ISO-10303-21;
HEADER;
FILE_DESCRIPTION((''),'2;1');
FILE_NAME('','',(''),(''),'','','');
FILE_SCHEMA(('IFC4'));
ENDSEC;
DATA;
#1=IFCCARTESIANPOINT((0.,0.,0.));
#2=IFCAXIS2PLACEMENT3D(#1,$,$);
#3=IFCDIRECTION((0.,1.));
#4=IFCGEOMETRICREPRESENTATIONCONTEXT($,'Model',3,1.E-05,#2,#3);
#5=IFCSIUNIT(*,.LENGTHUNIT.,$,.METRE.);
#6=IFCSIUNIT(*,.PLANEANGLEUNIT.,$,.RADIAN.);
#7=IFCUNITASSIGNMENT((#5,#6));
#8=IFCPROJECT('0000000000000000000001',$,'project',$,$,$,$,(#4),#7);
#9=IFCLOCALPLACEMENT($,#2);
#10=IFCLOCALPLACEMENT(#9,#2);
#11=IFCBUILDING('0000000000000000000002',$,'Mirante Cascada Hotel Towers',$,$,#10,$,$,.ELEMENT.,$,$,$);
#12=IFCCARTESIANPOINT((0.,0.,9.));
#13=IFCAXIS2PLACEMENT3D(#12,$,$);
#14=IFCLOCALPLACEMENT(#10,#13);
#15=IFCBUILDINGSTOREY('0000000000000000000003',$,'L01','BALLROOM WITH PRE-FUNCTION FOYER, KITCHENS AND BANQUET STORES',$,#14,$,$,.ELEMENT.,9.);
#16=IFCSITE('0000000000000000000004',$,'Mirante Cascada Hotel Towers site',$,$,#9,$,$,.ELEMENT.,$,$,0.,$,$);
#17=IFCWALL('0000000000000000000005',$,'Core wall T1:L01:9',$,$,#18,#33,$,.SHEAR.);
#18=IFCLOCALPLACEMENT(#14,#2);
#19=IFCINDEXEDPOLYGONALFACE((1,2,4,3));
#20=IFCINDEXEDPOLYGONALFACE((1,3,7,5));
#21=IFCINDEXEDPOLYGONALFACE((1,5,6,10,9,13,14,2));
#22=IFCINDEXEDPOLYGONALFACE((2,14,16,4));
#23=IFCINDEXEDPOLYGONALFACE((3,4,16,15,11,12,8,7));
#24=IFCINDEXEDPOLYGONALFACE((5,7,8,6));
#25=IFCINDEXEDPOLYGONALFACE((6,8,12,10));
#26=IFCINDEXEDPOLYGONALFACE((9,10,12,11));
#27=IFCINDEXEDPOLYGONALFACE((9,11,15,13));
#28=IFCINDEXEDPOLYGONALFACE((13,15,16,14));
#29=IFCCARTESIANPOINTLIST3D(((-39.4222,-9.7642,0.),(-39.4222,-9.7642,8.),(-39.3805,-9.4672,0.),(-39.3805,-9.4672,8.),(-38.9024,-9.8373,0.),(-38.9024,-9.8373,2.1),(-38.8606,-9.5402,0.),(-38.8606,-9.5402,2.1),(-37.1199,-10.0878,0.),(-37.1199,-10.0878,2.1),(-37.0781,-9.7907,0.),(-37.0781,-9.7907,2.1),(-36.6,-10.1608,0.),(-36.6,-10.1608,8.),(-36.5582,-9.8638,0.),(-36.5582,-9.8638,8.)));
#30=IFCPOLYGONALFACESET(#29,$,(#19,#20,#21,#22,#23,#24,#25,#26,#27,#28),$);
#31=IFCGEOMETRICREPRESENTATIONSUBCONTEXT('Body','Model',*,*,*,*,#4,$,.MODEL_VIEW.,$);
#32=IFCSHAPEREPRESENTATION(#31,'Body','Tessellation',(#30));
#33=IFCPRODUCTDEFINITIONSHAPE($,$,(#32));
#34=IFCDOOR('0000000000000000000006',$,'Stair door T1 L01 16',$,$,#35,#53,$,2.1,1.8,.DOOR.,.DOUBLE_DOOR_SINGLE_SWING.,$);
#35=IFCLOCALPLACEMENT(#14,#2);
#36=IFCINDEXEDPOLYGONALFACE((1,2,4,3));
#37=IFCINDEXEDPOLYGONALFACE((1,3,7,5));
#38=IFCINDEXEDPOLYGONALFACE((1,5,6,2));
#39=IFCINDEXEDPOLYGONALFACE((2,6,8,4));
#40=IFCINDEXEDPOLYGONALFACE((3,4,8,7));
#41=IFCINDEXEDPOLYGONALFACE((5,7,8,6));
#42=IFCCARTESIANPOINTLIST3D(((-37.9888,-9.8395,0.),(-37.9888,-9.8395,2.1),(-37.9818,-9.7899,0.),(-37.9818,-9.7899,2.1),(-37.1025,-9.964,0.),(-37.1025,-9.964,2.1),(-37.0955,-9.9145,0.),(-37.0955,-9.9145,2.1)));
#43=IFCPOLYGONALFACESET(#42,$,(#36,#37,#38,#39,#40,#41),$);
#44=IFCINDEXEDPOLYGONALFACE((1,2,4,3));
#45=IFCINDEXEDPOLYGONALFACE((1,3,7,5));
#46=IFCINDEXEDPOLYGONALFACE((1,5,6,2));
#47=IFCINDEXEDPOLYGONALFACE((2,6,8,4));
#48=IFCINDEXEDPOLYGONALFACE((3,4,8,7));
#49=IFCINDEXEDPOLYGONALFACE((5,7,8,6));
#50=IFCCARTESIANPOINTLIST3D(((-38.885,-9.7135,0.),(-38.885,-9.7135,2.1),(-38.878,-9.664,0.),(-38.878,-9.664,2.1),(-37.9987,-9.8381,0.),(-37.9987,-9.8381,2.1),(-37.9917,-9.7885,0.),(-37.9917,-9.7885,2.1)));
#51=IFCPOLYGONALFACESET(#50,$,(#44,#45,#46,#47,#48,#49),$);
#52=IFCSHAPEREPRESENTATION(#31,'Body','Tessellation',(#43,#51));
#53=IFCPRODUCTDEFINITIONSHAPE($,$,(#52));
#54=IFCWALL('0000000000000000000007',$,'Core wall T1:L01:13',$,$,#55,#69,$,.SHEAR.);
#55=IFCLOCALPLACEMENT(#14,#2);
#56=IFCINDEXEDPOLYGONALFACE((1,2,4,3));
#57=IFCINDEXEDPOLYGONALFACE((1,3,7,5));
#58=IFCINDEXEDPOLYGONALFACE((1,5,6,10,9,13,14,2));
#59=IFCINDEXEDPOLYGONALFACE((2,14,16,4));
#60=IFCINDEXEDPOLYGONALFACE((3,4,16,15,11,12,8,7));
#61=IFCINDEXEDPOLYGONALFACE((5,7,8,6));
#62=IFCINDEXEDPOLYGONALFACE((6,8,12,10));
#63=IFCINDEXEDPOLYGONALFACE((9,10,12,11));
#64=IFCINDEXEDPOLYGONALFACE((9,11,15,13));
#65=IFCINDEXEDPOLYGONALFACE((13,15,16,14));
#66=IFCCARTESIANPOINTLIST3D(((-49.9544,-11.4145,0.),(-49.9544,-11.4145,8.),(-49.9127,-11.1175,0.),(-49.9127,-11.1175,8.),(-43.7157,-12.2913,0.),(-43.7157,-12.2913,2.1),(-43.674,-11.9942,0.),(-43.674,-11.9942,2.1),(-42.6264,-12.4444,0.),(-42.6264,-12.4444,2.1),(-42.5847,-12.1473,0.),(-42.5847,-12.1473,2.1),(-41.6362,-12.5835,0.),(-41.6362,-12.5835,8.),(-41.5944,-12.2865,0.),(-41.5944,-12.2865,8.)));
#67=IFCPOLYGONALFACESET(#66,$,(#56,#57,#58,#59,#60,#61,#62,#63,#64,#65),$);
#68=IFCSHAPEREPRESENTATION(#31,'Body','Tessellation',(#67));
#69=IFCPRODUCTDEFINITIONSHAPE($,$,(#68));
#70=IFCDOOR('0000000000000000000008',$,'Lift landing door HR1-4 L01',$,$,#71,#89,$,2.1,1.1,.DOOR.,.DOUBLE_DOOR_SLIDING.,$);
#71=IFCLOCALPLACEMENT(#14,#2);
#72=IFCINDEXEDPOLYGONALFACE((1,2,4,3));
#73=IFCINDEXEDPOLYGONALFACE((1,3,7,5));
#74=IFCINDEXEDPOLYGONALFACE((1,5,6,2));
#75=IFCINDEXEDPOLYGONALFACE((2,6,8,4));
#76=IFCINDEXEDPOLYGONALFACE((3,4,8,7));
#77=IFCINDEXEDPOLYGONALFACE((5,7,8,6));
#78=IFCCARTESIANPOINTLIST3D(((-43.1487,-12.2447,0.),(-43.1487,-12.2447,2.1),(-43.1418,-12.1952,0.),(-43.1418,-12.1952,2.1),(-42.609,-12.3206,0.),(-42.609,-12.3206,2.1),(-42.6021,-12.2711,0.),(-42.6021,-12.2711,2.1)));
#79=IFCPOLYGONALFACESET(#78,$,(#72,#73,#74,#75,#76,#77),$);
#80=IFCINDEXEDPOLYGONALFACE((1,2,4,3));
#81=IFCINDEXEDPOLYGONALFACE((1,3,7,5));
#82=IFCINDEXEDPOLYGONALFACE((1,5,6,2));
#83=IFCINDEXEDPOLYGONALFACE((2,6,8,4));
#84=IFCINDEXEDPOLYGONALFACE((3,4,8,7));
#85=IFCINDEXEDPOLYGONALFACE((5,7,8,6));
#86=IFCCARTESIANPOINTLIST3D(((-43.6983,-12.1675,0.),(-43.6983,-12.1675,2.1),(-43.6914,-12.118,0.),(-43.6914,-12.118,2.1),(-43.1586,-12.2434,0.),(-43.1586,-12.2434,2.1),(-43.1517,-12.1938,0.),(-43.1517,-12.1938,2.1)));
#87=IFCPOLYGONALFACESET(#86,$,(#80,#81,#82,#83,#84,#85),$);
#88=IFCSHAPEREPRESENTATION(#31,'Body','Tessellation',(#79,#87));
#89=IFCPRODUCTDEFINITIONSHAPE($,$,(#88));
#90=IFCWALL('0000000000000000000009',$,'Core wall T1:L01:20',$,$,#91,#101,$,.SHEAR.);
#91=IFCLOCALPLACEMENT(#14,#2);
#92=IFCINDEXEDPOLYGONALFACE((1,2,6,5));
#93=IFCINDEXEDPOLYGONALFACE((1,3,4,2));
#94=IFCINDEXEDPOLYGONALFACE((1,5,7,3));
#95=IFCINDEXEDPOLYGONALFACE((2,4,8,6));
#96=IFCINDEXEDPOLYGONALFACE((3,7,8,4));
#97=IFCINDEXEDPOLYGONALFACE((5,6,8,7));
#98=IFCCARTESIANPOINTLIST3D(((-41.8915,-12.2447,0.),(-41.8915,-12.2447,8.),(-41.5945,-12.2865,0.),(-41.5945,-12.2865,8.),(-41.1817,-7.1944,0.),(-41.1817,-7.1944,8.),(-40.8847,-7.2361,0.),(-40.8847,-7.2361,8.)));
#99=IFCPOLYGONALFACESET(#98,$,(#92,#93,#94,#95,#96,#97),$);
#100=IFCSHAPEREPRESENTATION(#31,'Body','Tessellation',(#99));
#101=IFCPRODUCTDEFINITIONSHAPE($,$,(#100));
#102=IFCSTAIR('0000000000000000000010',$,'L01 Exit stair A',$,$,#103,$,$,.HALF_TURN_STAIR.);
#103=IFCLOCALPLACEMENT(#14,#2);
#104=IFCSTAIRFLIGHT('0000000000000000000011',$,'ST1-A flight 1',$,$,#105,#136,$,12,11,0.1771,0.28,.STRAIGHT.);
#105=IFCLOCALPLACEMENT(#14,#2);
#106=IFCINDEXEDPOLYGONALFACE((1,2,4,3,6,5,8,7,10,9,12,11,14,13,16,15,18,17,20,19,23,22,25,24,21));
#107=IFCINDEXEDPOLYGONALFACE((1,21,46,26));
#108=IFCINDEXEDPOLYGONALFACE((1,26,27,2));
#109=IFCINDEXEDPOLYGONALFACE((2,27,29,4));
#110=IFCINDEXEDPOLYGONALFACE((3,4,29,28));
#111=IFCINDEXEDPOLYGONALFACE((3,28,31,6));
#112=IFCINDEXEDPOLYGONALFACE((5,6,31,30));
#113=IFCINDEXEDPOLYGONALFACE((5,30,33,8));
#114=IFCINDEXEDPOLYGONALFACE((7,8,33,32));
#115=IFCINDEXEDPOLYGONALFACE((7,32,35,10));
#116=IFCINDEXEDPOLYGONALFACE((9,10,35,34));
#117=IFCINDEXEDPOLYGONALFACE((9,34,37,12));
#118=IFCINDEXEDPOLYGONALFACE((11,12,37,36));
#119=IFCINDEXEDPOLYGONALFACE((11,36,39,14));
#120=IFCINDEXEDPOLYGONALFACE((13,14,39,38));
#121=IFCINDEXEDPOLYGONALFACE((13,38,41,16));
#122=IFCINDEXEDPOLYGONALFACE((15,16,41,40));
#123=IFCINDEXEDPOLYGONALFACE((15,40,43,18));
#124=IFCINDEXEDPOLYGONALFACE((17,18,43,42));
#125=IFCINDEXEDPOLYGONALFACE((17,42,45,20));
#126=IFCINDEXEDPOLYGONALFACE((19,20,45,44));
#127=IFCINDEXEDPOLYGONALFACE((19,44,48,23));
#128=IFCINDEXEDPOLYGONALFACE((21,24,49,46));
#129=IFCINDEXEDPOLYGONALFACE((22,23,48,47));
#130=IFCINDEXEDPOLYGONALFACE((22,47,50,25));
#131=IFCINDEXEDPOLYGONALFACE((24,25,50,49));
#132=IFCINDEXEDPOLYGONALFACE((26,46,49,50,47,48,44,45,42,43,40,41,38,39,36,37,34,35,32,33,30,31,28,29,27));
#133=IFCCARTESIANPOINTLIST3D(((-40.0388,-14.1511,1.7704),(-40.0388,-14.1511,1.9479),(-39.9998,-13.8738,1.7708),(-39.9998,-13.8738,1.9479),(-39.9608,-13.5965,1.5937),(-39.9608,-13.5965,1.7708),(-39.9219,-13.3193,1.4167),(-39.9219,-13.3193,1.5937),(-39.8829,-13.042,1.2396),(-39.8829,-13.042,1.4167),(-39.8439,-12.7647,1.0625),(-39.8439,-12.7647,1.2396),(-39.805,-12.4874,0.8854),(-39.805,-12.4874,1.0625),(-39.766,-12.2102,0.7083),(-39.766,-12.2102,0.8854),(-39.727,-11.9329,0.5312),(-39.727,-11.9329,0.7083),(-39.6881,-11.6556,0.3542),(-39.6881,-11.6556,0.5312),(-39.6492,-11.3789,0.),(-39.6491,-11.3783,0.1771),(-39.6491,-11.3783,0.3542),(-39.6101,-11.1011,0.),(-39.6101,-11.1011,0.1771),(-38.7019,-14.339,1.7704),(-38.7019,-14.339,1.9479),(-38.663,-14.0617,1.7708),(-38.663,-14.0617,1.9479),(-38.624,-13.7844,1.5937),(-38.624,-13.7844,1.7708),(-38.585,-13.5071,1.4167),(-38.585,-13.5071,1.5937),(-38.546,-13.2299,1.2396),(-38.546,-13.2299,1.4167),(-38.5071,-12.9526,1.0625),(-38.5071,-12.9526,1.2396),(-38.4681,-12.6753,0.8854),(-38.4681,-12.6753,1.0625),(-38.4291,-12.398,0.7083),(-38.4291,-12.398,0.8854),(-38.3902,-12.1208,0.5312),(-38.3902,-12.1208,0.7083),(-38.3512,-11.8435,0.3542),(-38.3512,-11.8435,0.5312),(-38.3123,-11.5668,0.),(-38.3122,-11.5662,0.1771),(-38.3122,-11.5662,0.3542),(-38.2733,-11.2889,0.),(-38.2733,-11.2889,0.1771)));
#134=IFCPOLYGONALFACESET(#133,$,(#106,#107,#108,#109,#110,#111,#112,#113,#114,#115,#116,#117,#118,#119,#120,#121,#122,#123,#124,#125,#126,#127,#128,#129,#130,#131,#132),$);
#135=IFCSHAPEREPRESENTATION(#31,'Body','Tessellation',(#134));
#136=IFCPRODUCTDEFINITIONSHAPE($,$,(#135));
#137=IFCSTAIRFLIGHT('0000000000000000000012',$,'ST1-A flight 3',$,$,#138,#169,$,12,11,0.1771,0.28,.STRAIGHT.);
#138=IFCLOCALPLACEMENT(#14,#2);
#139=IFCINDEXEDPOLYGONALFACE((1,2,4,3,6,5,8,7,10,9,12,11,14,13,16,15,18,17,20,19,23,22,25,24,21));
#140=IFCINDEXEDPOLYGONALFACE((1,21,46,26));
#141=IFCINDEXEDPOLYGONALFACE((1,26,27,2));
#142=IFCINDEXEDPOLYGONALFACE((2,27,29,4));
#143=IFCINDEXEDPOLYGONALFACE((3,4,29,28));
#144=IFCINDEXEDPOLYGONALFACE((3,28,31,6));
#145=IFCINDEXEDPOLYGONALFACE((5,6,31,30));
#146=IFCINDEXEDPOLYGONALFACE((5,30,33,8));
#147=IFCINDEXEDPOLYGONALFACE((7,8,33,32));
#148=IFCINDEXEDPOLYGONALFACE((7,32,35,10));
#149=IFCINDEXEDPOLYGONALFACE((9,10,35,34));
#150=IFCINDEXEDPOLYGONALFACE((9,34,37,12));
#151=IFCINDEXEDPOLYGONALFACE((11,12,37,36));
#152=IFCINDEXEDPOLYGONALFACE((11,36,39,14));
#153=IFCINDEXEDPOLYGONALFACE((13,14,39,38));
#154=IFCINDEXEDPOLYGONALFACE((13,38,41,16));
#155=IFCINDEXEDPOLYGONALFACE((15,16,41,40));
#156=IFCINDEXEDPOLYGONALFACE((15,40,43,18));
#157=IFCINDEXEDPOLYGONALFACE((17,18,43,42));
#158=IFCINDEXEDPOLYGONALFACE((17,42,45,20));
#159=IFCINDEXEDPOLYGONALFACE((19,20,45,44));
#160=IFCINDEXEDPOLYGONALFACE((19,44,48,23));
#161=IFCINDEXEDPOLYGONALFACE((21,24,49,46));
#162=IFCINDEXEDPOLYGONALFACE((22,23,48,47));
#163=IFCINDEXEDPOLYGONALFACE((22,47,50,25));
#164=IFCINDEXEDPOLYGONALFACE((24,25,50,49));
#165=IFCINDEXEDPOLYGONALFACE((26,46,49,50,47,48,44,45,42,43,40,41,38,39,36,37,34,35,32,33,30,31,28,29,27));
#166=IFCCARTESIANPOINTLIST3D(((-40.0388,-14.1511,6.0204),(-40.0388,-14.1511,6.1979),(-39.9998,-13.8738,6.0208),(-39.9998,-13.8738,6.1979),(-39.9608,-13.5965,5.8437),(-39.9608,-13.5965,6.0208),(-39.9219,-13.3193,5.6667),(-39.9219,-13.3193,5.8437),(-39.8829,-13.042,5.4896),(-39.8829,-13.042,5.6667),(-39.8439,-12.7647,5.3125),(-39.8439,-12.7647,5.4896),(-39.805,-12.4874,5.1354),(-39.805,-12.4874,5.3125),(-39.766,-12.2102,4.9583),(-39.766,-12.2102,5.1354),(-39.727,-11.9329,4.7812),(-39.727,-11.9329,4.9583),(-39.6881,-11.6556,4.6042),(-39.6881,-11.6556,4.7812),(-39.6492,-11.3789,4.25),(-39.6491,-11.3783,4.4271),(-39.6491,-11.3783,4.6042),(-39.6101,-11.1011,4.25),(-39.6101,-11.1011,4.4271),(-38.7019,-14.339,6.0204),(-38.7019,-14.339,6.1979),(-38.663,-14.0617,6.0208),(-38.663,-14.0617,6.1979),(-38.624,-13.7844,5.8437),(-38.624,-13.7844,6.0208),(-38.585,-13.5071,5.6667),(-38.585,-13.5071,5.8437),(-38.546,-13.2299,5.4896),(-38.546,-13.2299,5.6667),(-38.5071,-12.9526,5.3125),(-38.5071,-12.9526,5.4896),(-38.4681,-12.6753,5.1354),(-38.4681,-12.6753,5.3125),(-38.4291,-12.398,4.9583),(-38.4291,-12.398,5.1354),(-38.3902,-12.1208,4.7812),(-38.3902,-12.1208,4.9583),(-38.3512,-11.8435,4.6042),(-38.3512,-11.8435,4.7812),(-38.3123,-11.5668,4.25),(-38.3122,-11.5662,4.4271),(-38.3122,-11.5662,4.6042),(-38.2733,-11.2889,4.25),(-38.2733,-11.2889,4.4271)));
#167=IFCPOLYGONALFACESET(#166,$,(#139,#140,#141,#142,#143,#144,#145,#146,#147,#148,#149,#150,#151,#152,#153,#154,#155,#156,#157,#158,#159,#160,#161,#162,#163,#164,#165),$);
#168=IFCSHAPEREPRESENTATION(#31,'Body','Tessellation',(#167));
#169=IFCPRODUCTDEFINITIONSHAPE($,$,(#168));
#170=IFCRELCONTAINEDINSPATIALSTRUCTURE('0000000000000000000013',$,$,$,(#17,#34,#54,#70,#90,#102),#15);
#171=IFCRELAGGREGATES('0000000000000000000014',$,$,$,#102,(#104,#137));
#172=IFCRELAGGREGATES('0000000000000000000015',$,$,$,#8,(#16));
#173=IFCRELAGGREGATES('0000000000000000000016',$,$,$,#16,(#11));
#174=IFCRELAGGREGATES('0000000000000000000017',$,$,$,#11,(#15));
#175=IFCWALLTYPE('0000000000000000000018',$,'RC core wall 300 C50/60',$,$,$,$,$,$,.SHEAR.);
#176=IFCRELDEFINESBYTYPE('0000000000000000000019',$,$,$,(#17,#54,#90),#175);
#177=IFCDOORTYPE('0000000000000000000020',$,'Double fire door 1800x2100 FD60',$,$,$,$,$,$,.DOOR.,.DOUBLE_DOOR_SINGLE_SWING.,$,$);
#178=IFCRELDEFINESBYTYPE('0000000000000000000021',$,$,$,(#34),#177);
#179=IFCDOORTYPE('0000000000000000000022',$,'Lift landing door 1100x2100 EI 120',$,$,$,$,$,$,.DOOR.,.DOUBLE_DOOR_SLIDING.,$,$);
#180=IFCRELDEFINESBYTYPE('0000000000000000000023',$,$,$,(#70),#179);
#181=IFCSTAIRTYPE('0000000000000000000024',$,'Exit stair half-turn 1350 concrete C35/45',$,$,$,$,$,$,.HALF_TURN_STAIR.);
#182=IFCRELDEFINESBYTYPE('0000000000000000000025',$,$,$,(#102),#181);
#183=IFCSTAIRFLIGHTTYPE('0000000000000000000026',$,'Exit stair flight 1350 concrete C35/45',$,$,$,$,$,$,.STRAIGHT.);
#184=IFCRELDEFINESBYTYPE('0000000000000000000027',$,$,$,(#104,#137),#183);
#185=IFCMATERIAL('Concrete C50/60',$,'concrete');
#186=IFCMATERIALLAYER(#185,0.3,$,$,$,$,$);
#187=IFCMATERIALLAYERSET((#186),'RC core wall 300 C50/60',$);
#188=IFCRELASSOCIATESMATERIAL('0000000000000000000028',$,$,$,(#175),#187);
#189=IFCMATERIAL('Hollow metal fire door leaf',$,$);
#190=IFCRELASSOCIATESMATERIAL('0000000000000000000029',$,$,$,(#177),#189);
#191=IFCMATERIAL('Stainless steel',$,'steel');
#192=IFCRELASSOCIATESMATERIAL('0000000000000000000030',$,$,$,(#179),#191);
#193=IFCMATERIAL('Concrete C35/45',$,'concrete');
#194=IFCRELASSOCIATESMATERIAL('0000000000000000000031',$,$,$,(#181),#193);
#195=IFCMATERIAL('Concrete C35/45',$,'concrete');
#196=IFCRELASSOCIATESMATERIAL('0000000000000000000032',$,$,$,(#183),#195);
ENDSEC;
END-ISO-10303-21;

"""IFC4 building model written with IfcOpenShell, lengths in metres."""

from ifc_helpers import new_model, si_unit, direction, frame, frame_2d, origin, place, context, subcontext, project, spatial, polyline, rectangle, outline, extrude, material, layer, layer_set, type_object, element, fill, aggregate, save


model = new_model("IFC4")

# Units and contexts
model_context = context("Model", 3, precision=1e-05, world=origin(), true_north=direction((0.0, 1.0)))
body_context = subcontext(model_context, "Body", "Model", "MODEL_VIEW")
ifc_project = project(units=[si_unit("LENGTHUNIT", "METRE"), si_unit("PLANEANGLEUNIT", "RADIAN")], contexts=[model_context])

# Site, building, storey
site_placement = place(None, origin())
site = spatial("IfcSite", under=ifc_project, at=site_placement, Name="Mirante Cascada Hotel Towers site", CompositionType="ELEMENT", RefElevation=0.0)
building_placement = place(site_placement, origin())
building = spatial("IfcBuilding", under=site, at=building_placement, Name="Mirante Cascada Hotel Towers", CompositionType="ELEMENT")
storey_placement = place(building_placement, frame((0.0, 0.0, 9.0)))
storey = spatial("IfcBuildingStorey", under=building, at=storey_placement, Name="L01", Description="BALLROOM WITH PRE-FUNCTION FOYER, KITCHENS AND BANQUET STORES", CompositionType="ELEMENT", Elevation=9.0)

# Walls, openings, doors
ifc_material_1 = material(Name="Concrete C50/60", Category="concrete")
ifc_layer = layer(ifc_material_1, 0.3)
ifc_layer_set = layer_set([ifc_layer], Name="RC core wall 300 C50/60")
wall_type = type_object("IfcWallType", Name="RC core wall 300 C50/60", PredefinedType="SHEAR", material=ifc_layer_set)
wall_1_placement = place(storey_placement, frame((-36.5791, -10.0123, 0.0), z_axis=(0.0, 0.0, 1.0), x_axis=(-0.99027, 0.139156, 0.0)))
wall_1 = element("IfcWall", 1, at=wall_1_placement, inside=storey, type_object=wall_type, Name="Core wall T1:L01:9", PredefinedType="SHEAR", context=body_context, shape_type="SweptSolid", body=[
    extrude(rectangle(XDim=2.85, YDim=0.3, at=frame_2d((1.425, 0.0))), origin(), (0.0, 0.0, 1.0), 8.0),
])
opening_1_placement = place(wall_1_placement, frame((0.525, 0.0, 0.0)))
opening_1 = element("IfcOpeningElement", 2, at=opening_1_placement, cuts=wall_1, PredefinedType="OPENING", context=body_context, shape_type="SweptSolid", body=[
    extrude(rectangle(XDim=1.8, YDim=2.1, at=frame_2d((0.9, 1.05))), frame((0.0, 0.15, 0.0), z_axis=(0.0, -1.0, 0.0), x_axis=(1.0, 0.0, 0.0)), (0.0, 0.0, 1.0), 0.3),
])
ifc_material_2 = material(Name="Hollow metal fire door leaf")
door_type_1 = type_object("IfcDoorType", Name="Double fire door 1800x2100 FD60", OperationType="DOUBLE_DOOR_SINGLE_SWING", PredefinedType="DOOR", material=ifc_material_2)
door_1_placement = place(opening_1_placement, origin())
door_1 = element("IfcDoor", 3, at=door_1_placement, inside=storey, type_object=door_type_1, Name="Stair door T1 L01 16", OperationType="DOUBLE_DOOR_SINGLE_SWING", OverallHeight=2.1, OverallWidth=1.8, PredefinedType="DOOR", context=body_context, shape_type="SweptSolid", body=[
    extrude(rectangle(XDim=0.895, YDim=2.1, at=frame_2d((0.4475, 1.05))), frame((0.0, 0.025, 0.0), z_axis=(0.0, -1.0, 0.0), x_axis=(1.0, 0.0, 0.0)), (0.0, 0.0, 1.0), 0.05),
    extrude(rectangle(XDim=0.895, YDim=2.1, at=frame_2d((1.3525, 1.05))), frame((0.0, 0.025, 0.0), z_axis=(0.0, -1.0, 0.0), x_axis=(1.0, 0.0, 0.0)), (0.0, 0.0, 1.0), 0.05),
])
fill(opening_1, door_1)
wall_2_placement = place(storey_placement, frame((-41.6153, -12.435, 0.0), z_axis=(0.0, 0.0, 1.0), x_axis=(-0.990269, 0.139166, 0.0)))
wall_2 = element("IfcWall", 4, at=wall_2_placement, inside=storey, type_object=wall_type, Name="Core wall T1:L01:13", PredefinedType="SHEAR", context=body_context, shape_type="SweptSolid", body=[
    extrude(rectangle(XDim=8.4, YDim=0.3, at=frame_2d((4.2, 0.0))), origin(), (0.0, 0.0, 1.0), 8.0),
])
opening_2_placement = place(wall_2_placement, frame((1.0, 0.0, 0.0)))
opening_2 = element("IfcOpeningElement", 5, at=opening_2_placement, cuts=wall_2, PredefinedType="OPENING", context=body_context, shape_type="SweptSolid", body=[
    extrude(rectangle(XDim=1.1, YDim=2.1, at=frame_2d((0.55, 1.05))), frame((0.0, 0.15, 0.0), z_axis=(0.0, -1.0, 0.0), x_axis=(1.0, 0.0, 0.0)), (0.0, 0.0, 1.0), 0.3),
])
ifc_material_3 = material(Name="Stainless steel", Category="steel")
door_type_2 = type_object("IfcDoorType", Name="Lift landing door 1100x2100 EI 120", OperationType="DOUBLE_DOOR_SLIDING", PredefinedType="DOOR", material=ifc_material_3)
door_2_placement = place(opening_2_placement, origin())
door_2 = element("IfcDoor", 6, at=door_2_placement, inside=storey, type_object=door_type_2, Name="Lift landing door HR1-4 L01", OperationType="DOUBLE_DOOR_SLIDING", OverallHeight=2.1, OverallWidth=1.1, PredefinedType="DOOR", context=body_context, shape_type="SweptSolid", body=[
    extrude(rectangle(XDim=0.545, YDim=2.1, at=frame_2d((0.2725, 1.05))), frame((0.0, 0.025, 0.0), z_axis=(0.0, -1.0, 0.0), x_axis=(1.0, 0.0, 0.0)), (0.0, 0.0, 1.0), 0.05),
    extrude(rectangle(XDim=0.545, YDim=2.1, at=frame_2d((0.8275, 1.05))), frame((0.0, 0.025, 0.0), z_axis=(0.0, -1.0, 0.0), x_axis=(1.0, 0.0, 0.0)), (0.0, 0.0, 1.0), 0.05),
])
fill(opening_2, door_2)

# Wall
wall_3_placement = place(storey_placement, frame((-41.743, -12.2656, 0.0), z_axis=(0.0, 0.0, 1.0), x_axis=(0.139176, 0.990268, 0.0)))
element("IfcWall", 7, at=wall_3_placement, inside=storey, type_object=wall_type, Name="Core wall T1:L01:20", PredefinedType="SHEAR", context=body_context, shape_type="SweptSolid", body=[
    extrude(rectangle(XDim=5.1, YDim=0.3, at=frame_2d((2.55, 0.0))), origin(), (0.0, 0.0, 1.0), 8.0),
])

# Stair, stair flights
ifc_material_4 = material(Name="Concrete C35/45", Category="concrete")
stair_type = type_object("IfcStairType", Name="Exit stair half-turn 1350 concrete C35/45", PredefinedType="HALF_TURN_STAIR", material=ifc_material_4)
stair_placement = place(storey_placement, origin())
stair = element("IfcStair", 8, at=stair_placement, inside=storey, type_object=stair_type, Name="L01 Exit stair A", PredefinedType="HALF_TURN_STAIR")
ifc_material_5 = material(Name="Concrete C35/45", Category="concrete")
stair_flight_type = type_object("IfcStairFlightType", Name="Exit stair flight 1350 concrete C35/45", PredefinedType="STRAIGHT", material=ifc_material_5)
stair_flight_1_placement = place(storey_placement, frame((-38.9417, -11.195, 0.0), z_axis=(0.0, 0.0, 1.0), x_axis=(-0.139173, -0.990268, 0.0)))
stair_flight_1 = element("IfcStairFlight", 9, at=stair_flight_1_placement, type_object=stair_flight_type, Name="ST1-A flight 1", NumberOfRisers=12, NumberOfTreads=11, PredefinedType="STRAIGHT", RiserHeight=0.1771, TreadLength=0.28, context=body_context, shape_type="SweptSolid", body=[
    extrude(outline(polyline([(0.0, 0.0), (0.0, 0.1771), (0.28, 0.1771), (0.28, 0.3542), (0.56, 0.3542), (0.56, 0.5312), (0.84, 0.5312), (0.84, 0.7083), (1.12, 0.7083), (1.12, 0.8854), (1.4, 0.8854), (1.4, 1.0625), (1.68, 1.0625), (1.68, 1.2396), (1.96, 1.2396), (1.96, 1.4167), (2.24, 1.4167), (2.24, 1.5937), (2.52, 1.5937), (2.52, 1.7708), (2.8, 1.7708), (2.8, 1.9479), (3.08, 1.9479), (3.08, 2.125), (3.08, 1.7704), (0.2806, 0.0), (0.0, 0.0)])), frame((0.0, 0.675, 0.0), z_axis=(0.0, -1.0, 0.0), x_axis=(1.0, 0.0, 0.0)), (0.0, 0.0, 1.0), 1.35),
])
stair_flight_2_placement = place(storey_placement, frame((-38.9417, -11.195, 4.25), z_axis=(0.0, 0.0, 1.0), x_axis=(-0.139173, -0.990268, 0.0)))
stair_flight_2 = element("IfcStairFlight", 10, at=stair_flight_2_placement, type_object=stair_flight_type, Name="ST1-A flight 3", NumberOfRisers=12, NumberOfTreads=11, PredefinedType="STRAIGHT", RiserHeight=0.1771, TreadLength=0.28, context=body_context, shape_type="SweptSolid", body=[
    extrude(outline(polyline([(0.0, 0.0), (0.0, 0.1771), (0.28, 0.1771), (0.28, 0.3542), (0.56, 0.3542), (0.56, 0.5312), (0.84, 0.5312), (0.84, 0.7083), (1.12, 0.7083), (1.12, 0.8854), (1.4, 0.8854), (1.4, 1.0625), (1.68, 1.0625), (1.68, 1.2396), (1.96, 1.2396), (1.96, 1.4167), (2.24, 1.4167), (2.24, 1.5937), (2.52, 1.5937), (2.52, 1.7708), (2.8, 1.7708), (2.8, 1.9479), (3.08, 1.9479), (3.08, 2.125), (3.08, 1.7704), (0.2806, 0.0), (0.0, 0.0)])), frame((0.0, 0.675, 0.0), z_axis=(0.0, -1.0, 0.0), x_axis=(1.0, 0.0, 0.0)), (0.0, 0.0, 1.0), 1.35),
])
aggregate(stair, [stair_flight_1, stair_flight_2])

save(model, "model.ifc")
